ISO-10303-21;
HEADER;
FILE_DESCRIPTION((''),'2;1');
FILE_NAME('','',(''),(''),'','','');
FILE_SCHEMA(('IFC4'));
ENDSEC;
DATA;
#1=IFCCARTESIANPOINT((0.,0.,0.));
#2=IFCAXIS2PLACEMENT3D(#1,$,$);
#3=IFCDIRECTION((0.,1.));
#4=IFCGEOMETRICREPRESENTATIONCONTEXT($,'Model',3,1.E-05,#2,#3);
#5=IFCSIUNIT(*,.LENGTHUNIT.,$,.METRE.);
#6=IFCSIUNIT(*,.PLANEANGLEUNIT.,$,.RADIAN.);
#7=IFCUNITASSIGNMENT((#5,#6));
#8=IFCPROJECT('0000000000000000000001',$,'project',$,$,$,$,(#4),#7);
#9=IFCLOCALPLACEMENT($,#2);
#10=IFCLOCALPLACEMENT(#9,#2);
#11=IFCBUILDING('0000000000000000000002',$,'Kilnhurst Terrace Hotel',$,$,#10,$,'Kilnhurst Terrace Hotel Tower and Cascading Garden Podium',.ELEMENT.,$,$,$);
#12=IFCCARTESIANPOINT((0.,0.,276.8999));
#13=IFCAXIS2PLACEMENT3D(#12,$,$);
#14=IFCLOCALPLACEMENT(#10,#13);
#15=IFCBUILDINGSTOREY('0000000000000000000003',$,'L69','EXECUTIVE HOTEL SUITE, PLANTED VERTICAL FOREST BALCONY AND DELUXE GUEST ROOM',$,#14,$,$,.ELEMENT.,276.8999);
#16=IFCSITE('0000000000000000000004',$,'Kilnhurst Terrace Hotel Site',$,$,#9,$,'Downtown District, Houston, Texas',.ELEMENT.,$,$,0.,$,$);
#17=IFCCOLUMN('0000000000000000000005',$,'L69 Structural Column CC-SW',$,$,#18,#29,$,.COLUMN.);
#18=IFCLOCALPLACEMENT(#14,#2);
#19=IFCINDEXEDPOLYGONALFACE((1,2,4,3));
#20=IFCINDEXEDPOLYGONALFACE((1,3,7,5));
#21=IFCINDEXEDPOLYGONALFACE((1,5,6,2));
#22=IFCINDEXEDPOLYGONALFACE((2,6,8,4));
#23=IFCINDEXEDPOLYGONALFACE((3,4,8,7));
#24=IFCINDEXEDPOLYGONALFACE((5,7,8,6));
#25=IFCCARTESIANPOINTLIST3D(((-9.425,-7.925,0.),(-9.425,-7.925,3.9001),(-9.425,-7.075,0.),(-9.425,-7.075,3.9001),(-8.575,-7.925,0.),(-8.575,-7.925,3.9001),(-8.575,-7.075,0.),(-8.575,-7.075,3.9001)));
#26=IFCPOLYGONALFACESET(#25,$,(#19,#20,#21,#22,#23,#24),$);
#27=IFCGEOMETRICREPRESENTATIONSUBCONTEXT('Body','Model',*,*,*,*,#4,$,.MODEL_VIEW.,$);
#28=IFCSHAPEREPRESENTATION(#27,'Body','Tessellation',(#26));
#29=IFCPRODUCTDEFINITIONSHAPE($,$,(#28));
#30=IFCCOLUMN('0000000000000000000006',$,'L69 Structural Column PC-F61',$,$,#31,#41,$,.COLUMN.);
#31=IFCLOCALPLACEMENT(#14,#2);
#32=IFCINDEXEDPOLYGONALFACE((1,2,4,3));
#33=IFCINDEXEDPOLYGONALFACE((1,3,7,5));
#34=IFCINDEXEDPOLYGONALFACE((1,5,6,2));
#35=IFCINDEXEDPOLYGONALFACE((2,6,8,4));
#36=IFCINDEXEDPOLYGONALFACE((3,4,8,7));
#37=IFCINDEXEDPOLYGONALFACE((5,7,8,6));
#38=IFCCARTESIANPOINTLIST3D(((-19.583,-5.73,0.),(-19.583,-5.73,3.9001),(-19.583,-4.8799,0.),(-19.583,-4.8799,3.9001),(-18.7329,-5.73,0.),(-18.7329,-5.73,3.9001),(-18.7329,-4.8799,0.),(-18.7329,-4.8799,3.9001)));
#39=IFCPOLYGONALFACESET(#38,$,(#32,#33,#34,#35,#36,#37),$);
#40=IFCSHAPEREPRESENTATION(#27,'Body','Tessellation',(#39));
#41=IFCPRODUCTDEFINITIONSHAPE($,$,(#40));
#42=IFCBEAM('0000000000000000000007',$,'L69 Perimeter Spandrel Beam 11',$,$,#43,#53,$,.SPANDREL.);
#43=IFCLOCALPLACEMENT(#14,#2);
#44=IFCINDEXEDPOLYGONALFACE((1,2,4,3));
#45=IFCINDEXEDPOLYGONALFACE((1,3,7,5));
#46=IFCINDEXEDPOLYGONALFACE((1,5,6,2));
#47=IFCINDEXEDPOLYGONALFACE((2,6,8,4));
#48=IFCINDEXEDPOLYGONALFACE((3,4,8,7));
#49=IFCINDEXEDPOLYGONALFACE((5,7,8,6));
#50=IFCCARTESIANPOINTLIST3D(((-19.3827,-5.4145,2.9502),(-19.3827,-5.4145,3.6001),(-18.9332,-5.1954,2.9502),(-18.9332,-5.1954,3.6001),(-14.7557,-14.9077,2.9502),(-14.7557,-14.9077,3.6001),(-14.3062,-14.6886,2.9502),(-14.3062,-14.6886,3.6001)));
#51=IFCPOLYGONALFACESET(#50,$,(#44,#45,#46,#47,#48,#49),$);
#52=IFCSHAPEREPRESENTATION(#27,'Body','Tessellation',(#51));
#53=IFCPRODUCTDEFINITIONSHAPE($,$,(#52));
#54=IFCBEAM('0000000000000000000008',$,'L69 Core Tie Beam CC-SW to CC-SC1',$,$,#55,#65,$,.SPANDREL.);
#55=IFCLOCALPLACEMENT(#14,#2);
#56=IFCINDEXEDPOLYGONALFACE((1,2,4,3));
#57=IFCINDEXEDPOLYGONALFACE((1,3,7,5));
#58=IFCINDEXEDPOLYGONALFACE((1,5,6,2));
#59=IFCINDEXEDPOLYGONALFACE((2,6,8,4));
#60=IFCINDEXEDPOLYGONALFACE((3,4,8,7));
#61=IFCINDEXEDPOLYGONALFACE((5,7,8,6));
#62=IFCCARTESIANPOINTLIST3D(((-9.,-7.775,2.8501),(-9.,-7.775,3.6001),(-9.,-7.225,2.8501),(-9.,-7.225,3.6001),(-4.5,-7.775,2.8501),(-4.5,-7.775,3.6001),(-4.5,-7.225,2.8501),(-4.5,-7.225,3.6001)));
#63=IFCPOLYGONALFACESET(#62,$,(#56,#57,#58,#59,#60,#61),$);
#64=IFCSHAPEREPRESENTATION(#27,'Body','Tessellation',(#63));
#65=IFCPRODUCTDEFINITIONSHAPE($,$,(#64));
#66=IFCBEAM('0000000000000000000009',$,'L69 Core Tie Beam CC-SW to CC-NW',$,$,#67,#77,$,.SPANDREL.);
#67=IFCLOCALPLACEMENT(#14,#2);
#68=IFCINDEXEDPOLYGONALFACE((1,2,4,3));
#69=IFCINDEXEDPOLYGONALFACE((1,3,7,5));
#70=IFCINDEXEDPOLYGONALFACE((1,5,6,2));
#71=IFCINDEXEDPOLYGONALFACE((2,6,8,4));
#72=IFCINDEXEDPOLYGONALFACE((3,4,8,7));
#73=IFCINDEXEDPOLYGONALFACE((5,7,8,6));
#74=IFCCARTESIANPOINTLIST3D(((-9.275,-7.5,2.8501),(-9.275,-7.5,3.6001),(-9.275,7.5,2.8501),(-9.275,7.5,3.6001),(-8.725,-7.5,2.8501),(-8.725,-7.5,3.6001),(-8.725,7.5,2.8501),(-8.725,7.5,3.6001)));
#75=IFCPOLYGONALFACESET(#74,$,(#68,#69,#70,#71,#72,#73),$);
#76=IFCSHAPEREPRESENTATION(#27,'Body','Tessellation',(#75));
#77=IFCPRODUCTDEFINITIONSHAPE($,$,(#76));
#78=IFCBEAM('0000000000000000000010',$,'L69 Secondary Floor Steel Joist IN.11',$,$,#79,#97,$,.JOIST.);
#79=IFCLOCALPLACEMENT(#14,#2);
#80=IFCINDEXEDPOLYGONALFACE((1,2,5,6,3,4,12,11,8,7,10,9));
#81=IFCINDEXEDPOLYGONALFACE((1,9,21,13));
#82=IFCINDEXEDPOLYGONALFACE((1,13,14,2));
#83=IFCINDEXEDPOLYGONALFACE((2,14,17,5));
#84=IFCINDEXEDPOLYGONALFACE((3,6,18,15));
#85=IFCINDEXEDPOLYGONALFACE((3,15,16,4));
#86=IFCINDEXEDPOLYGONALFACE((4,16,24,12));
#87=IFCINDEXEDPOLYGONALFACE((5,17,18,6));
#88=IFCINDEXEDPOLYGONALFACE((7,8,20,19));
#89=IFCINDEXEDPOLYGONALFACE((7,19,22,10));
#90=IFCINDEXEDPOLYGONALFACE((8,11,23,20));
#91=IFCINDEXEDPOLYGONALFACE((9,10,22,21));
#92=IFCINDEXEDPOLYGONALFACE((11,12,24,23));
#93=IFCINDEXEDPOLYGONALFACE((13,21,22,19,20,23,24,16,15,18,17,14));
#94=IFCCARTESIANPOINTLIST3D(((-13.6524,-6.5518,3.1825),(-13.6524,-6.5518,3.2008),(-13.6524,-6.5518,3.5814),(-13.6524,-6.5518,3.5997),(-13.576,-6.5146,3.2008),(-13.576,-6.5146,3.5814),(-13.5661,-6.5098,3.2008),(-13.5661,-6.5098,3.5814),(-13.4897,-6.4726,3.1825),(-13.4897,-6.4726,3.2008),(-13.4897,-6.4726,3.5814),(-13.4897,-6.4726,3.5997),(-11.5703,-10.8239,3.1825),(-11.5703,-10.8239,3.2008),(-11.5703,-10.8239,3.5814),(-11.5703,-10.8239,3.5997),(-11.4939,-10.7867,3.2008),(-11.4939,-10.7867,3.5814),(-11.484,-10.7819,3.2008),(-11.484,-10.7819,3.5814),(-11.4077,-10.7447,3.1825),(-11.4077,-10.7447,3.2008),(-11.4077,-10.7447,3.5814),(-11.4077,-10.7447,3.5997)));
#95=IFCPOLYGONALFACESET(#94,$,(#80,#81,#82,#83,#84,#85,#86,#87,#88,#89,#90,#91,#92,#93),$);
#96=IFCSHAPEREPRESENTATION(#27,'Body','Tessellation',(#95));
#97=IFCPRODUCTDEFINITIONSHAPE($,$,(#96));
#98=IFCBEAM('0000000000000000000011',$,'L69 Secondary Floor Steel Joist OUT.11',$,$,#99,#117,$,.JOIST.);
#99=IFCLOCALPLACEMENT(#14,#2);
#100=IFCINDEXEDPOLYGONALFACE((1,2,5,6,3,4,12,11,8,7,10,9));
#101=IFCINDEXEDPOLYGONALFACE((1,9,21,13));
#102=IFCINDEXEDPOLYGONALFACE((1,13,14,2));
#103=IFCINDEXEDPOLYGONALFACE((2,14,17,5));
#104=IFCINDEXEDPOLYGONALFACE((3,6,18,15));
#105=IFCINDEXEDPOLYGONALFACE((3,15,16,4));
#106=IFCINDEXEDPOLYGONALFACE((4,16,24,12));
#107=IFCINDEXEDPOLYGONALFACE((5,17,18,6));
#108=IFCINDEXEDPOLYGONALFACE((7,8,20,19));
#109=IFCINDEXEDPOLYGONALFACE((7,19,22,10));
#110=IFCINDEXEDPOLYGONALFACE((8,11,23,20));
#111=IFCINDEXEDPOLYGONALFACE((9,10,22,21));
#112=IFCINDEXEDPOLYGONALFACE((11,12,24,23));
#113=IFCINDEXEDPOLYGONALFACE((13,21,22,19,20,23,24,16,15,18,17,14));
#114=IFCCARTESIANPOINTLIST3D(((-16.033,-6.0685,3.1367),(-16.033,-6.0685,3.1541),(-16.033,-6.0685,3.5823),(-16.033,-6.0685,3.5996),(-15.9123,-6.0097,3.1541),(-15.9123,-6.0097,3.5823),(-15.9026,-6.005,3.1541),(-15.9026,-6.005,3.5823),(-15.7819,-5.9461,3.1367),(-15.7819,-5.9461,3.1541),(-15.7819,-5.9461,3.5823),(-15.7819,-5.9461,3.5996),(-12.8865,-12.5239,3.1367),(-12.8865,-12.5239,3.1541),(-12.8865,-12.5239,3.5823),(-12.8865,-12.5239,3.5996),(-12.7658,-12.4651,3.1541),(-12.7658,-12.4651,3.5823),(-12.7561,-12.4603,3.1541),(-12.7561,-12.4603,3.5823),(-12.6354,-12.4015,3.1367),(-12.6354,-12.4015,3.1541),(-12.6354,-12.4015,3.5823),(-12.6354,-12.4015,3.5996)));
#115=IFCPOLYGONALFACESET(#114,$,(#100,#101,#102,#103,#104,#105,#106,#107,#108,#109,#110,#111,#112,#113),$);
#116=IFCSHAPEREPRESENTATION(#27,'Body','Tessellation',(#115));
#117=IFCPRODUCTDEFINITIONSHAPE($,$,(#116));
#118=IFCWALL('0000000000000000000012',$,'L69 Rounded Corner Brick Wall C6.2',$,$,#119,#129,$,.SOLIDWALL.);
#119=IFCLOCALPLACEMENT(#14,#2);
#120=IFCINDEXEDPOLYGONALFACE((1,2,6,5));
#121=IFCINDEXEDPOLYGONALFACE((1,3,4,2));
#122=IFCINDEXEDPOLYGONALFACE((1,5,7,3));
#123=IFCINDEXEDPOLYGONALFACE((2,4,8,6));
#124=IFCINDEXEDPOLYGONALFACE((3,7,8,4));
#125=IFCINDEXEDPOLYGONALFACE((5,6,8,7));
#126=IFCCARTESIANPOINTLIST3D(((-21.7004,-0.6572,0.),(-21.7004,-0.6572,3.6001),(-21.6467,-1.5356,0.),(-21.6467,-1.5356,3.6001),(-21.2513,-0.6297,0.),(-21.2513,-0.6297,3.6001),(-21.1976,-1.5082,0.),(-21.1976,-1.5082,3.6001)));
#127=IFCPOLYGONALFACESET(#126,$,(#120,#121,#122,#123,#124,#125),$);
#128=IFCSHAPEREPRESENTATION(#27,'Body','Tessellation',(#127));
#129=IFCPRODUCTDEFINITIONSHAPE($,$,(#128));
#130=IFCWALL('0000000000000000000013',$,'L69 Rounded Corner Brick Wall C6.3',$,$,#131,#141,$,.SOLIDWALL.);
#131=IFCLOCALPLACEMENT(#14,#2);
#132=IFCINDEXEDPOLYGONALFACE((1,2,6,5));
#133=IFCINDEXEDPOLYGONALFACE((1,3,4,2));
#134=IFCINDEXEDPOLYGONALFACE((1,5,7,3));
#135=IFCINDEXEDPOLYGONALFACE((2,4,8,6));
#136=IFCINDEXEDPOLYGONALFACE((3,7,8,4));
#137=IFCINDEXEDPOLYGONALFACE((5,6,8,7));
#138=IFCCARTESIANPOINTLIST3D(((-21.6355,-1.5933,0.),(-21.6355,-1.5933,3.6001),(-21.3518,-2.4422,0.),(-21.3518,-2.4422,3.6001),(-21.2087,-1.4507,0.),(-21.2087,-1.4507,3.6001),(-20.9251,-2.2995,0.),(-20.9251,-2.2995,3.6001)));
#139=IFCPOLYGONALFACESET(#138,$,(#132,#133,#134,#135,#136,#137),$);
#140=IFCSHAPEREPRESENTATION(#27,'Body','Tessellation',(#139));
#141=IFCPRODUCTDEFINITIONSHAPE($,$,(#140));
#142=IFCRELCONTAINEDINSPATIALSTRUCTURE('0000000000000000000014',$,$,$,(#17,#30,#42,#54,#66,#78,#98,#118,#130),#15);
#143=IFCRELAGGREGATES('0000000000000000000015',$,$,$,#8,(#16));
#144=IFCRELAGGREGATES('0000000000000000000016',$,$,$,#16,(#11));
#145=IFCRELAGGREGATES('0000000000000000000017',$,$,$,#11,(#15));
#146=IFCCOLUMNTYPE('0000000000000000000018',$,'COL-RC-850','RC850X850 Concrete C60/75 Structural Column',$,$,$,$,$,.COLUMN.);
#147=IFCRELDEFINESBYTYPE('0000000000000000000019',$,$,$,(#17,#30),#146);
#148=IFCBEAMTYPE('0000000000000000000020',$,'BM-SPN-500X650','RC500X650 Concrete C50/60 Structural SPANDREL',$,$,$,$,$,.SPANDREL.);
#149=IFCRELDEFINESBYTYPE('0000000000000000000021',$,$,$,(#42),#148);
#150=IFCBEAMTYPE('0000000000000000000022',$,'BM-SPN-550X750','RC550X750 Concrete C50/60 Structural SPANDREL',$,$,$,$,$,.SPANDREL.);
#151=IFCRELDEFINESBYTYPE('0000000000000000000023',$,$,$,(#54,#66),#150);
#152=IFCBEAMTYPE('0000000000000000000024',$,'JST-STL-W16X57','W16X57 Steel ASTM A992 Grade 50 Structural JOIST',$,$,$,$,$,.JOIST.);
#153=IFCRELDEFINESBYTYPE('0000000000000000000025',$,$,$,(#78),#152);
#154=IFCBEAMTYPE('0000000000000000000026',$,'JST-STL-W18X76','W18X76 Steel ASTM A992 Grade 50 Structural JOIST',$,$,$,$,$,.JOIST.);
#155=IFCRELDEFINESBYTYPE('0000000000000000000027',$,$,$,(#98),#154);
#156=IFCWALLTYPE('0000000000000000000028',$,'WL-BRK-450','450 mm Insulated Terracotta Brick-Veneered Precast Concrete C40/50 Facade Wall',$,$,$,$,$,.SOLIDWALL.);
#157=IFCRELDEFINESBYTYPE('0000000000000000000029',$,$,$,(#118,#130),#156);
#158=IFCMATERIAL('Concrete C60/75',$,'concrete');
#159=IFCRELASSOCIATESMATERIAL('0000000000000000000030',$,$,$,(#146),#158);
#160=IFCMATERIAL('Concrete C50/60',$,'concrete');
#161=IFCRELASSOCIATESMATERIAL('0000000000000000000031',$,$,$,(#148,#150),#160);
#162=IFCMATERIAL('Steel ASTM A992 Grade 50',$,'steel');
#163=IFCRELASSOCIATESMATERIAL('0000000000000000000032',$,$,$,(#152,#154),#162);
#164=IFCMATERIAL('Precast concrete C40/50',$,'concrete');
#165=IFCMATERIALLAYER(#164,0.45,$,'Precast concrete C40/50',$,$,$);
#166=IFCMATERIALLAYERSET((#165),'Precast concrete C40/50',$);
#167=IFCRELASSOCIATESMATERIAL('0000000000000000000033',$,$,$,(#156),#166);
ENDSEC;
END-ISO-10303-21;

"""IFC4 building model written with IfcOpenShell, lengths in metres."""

from ifc_helpers import new_model, si_unit, direction, frame, frame_2d, origin, origin_2d, place, context, subcontext, project, spatial, rectangle, i_section, extrude, material, layer, layer_set, material_profile, profile_set, type_object, element, save


model = new_model("IFC4")

# Units and contexts
model_context = context("Model", 3, precision=1e-05, world=origin(), true_north=direction((0.0, 1.0)))
body_context = subcontext(model_context, "Body", "Model", "MODEL_VIEW")
ifc_project = project(units=[si_unit("LENGTHUNIT", "METRE"), si_unit("PLANEANGLEUNIT", "RADIAN")], contexts=[model_context])

# Site, building, storey
site_placement = place(None, origin())
site = spatial("IfcSite", under=ifc_project, at=site_placement, Name="Kilnhurst Terrace Hotel Site", LongName="Downtown District, Houston, Texas", CompositionType="ELEMENT", RefElevation=0.0)
building_placement = place(site_placement, origin())
building = spatial("IfcBuilding", under=site, at=building_placement, Name="Kilnhurst Terrace Hotel", LongName="Kilnhurst Terrace Hotel Tower and Cascading Garden Podium", CompositionType="ELEMENT")
storey_placement = place(building_placement, frame((0.0, 0.0, 276.8999)))
storey = spatial("IfcBuildingStorey", under=building, at=storey_placement, Name="L69", Description="EXECUTIVE HOTEL SUITE, PLANTED VERTICAL FOREST BALCONY AND DELUXE GUEST ROOM", CompositionType="ELEMENT", Elevation=276.8999)

# Columns
ifc_material_1 = material(Name="Concrete C60/75", Category="concrete")
ifc_material_profile_1 = material_profile(ifc_material_1, rectangle(XDim=0.8501, YDim=0.8501, at=origin_2d()), Name="RC850X850")
ifc_profile_set_1 = profile_set([ifc_material_profile_1], Name="Concrete C60/75")
column_type = type_object("IfcColumnType", Name="COL-RC-850", Description="RC850X850 Concrete C60/75 Structural Column", PredefinedType="COLUMN", material=ifc_profile_set_1)
for number, where, z_axis, x_axis, name in (
    (1, (-9.0, -7.5, 0.0), (0.0, 0.0, 1.0), (1.0, 0.0, 0.0), "L69 Structural Column CC-SW"),
    (2, (-19.158, -5.3049, 0.0), (0.0, 0.0, 1.0), (1.0, 0.0, 0.0), "L69 Structural Column PC-F61"),
):
    element("IfcColumn", number, at=place(storey_placement, frame(where, z_axis=z_axis, x_axis=x_axis)), inside=storey, type_object=column_type, Name=name, PredefinedType="COLUMN", context=body_context, shape_type="SweptSolid", body=[
        extrude(rectangle(XDim=0.8501, YDim=0.8501, at=origin_2d()), origin(), (0.0, 0.0, 1.0), 3.9001),
    ])

# Beams
ifc_material_2 = material(Name="Concrete C50/60", Category="concrete")
ifc_material_profile_2 = material_profile(ifc_material_2, rectangle(XDim=0.5, YDim=0.6499, at=origin_2d()), Name="RC500X650")
ifc_profile_set_2 = profile_set([ifc_material_profile_2], Name="Concrete C50/60")
beam_type_1 = type_object("IfcBeamType", Name="BM-SPN-500X650", Description="RC500X650 Concrete C50/60 Structural SPANDREL", PredefinedType="SPANDREL", material=ifc_profile_set_2)
beam_1_placement = place(storey_placement, frame((-19.158, -5.3049, 3.2751), z_axis=(0.438128, -0.898912, 0.0), x_axis=(0.898912, 0.438128, 0.0)))
element("IfcBeam", 3, at=beam_1_placement, inside=storey, type_object=beam_type_1, Name="L69 Perimeter Spandrel Beam 11", PredefinedType="SPANDREL", context=body_context, shape_type="SweptSolid", body=[
    extrude(rectangle(XDim=0.5, YDim=0.6499, at=origin_2d()), origin(), (0.0, 0.0, 1.0), 10.5608),
])
ifc_material_profile_3 = material_profile(ifc_material_2, rectangle(XDim=0.55, YDim=0.75, at=origin_2d()), Name="RC550X750")
ifc_profile_set_3 = profile_set([ifc_material_profile_3], Name="Concrete C50/60")
beam_type_2 = type_object("IfcBeamType", Name="BM-SPN-550X750", Description="RC550X750 Concrete C50/60 Structural SPANDREL", PredefinedType="SPANDREL", material=ifc_profile_set_3)
beam_2_placement = place(storey_placement, frame((-9.0, -7.5, 3.2251), z_axis=(1.0, 0.0, 0.0), x_axis=(0.0, 1.0, 0.0)))
element("IfcBeam", 4, at=beam_2_placement, inside=storey, type_object=beam_type_2, Name="L69 Core Tie Beam CC-SW to CC-SC1", PredefinedType="SPANDREL", context=body_context, shape_type="SweptSolid", body=[
    extrude(rectangle(XDim=0.55, YDim=0.75, at=origin_2d()), origin(), (0.0, 0.0, 1.0), 4.5),
])
beam_3_placement = place(storey_placement, frame((-9.0, -7.5, 3.2251), z_axis=(0.0, 1.0, 0.0), x_axis=(-1.0, 0.0, 0.0)))
element("IfcBeam", 5, at=beam_3_placement, inside=storey, type_object=beam_type_2, Name="L69 Core Tie Beam CC-SW to CC-NW", PredefinedType="SPANDREL", context=body_context, shape_type="SweptSolid", body=[
    extrude(rectangle(XDim=0.55, YDim=0.75, at=origin_2d()), origin(), (0.0, 0.0, 1.0), 15.0),
])
ifc_material_3 = material(Name="Steel ASTM A992 Grade 50", Category="steel")
ifc_material_profile_4 = material_profile(ifc_material_3, i_section(OverallWidth=0.1809, OverallDepth=0.4172, WebThickness=0.011, FlangeThickness=0.0183, at=origin_2d()), Name="W16X57")
ifc_profile_set_4 = profile_set([ifc_material_profile_4], Name="Steel ASTM A992 Grade 50")
beam_type_3 = type_object("IfcBeamType", Name="JST-STL-W16X57", Description="W16X57 Steel ASTM A992 Grade 50 Structural JOIST", PredefinedType="JOIST", material=ifc_profile_set_4)
beam_4_placement = place(storey_placement, frame((-13.571, -6.5122, 3.3911), z_axis=(0.438108, -0.898922, 0.0), x_axis=(0.898922, 0.438108, 0.0)))
element("IfcBeam", 6, at=beam_4_placement, inside=storey, type_object=beam_type_3, Name="L69 Secondary Floor Steel Joist IN.11", PredefinedType="JOIST", context=body_context, shape_type="SweptSolid", body=[
    extrude(i_section(OverallWidth=0.1809, OverallDepth=0.4172, WebThickness=0.011, FlangeThickness=0.0183, at=origin_2d()), origin(), (0.0, 0.0, 1.0), 4.7524),
])
ifc_material_profile_5 = material_profile(ifc_material_3, i_section(OverallWidth=0.2793, OverallDepth=0.4629, WebThickness=0.0107, FlangeThickness=0.0173, at=origin_2d()), Name="W18X76")
ifc_profile_set_5 = profile_set([ifc_material_profile_5], Name="Steel ASTM A992 Grade 50")
beam_type_4 = type_object("IfcBeamType", Name="JST-STL-W18X76", Description="W18X76 Steel ASTM A992 Grade 50 Structural JOIST", PredefinedType="JOIST", material=ifc_profile_set_5)
beam_5_placement = place(storey_placement, frame((-15.9075, -6.0073, 3.3682), z_axis=(0.438148, -0.898903, 0.0), x_axis=(0.898903, 0.438148, 0.0)))
element("IfcBeam", 7, at=beam_5_placement, inside=storey, type_object=beam_type_4, Name="L69 Secondary Floor Steel Joist OUT.11", PredefinedType="JOIST", context=body_context, shape_type="SweptSolid", body=[
    extrude(i_section(OverallWidth=0.2793, OverallDepth=0.4629, WebThickness=0.0107, FlangeThickness=0.0173, at=origin_2d()), origin(), (0.0, 0.0, 1.0), 7.1814),
])

# Walls
ifc_material_4 = material(Name="Precast concrete C40/50", Category="concrete")
ifc_layer_1 = layer(ifc_material_4, 0.45, Name="Precast concrete C40/50")
ifc_layer_set_1 = layer_set([ifc_layer_1], Name="Precast concrete C40/50")
wall_type_1 = type_object("IfcWallType", Name="WL-BRK-450", Description="450 mm Insulated Terracotta Brick-Veneered Precast Concrete C40/50 Facade Wall", PredefinedType="SOLIDWALL", material=ifc_layer_set_1)
wall_1_placement = place(storey_placement, frame((-21.4758, -0.6436, 0.0), z_axis=(0.0, 0.0, 1.0), x_axis=(0.061031, -0.998136, 0.0)))
element("IfcWall", 8, at=wall_1_placement, inside=storey, type_object=wall_type_1, Name="L69 Rounded Corner Brick Wall C6.2", PredefinedType="SOLIDWALL", context=body_context, shape_type="SweptSolid", body=[
    extrude(rectangle(XDim=0.8801, YDim=0.45, at=frame_2d((0.4399, 0.0))), origin(), (0.0, 0.0, 1.0), 3.6001),
])
wall_2_placement = place(storey_placement, frame((-21.4221, -1.522, 0.0), z_axis=(0.0, 0.0, 1.0), x_axis=(0.316964, -0.948438, 0.0)))
element("IfcWall", 9, at=wall_2_placement, inside=storey, type_object=wall_type_1, Name="L69 Rounded Corner Brick Wall C6.3", PredefinedType="SOLIDWALL", context=body_context, shape_type="SweptSolid", body=[
    extrude(rectangle(XDim=0.895, YDim=0.45, at=frame_2d((0.4475, 0.0))), origin(), (0.0, 0.0, 1.0), 3.6001),
])

save(model, "model.ifc")
